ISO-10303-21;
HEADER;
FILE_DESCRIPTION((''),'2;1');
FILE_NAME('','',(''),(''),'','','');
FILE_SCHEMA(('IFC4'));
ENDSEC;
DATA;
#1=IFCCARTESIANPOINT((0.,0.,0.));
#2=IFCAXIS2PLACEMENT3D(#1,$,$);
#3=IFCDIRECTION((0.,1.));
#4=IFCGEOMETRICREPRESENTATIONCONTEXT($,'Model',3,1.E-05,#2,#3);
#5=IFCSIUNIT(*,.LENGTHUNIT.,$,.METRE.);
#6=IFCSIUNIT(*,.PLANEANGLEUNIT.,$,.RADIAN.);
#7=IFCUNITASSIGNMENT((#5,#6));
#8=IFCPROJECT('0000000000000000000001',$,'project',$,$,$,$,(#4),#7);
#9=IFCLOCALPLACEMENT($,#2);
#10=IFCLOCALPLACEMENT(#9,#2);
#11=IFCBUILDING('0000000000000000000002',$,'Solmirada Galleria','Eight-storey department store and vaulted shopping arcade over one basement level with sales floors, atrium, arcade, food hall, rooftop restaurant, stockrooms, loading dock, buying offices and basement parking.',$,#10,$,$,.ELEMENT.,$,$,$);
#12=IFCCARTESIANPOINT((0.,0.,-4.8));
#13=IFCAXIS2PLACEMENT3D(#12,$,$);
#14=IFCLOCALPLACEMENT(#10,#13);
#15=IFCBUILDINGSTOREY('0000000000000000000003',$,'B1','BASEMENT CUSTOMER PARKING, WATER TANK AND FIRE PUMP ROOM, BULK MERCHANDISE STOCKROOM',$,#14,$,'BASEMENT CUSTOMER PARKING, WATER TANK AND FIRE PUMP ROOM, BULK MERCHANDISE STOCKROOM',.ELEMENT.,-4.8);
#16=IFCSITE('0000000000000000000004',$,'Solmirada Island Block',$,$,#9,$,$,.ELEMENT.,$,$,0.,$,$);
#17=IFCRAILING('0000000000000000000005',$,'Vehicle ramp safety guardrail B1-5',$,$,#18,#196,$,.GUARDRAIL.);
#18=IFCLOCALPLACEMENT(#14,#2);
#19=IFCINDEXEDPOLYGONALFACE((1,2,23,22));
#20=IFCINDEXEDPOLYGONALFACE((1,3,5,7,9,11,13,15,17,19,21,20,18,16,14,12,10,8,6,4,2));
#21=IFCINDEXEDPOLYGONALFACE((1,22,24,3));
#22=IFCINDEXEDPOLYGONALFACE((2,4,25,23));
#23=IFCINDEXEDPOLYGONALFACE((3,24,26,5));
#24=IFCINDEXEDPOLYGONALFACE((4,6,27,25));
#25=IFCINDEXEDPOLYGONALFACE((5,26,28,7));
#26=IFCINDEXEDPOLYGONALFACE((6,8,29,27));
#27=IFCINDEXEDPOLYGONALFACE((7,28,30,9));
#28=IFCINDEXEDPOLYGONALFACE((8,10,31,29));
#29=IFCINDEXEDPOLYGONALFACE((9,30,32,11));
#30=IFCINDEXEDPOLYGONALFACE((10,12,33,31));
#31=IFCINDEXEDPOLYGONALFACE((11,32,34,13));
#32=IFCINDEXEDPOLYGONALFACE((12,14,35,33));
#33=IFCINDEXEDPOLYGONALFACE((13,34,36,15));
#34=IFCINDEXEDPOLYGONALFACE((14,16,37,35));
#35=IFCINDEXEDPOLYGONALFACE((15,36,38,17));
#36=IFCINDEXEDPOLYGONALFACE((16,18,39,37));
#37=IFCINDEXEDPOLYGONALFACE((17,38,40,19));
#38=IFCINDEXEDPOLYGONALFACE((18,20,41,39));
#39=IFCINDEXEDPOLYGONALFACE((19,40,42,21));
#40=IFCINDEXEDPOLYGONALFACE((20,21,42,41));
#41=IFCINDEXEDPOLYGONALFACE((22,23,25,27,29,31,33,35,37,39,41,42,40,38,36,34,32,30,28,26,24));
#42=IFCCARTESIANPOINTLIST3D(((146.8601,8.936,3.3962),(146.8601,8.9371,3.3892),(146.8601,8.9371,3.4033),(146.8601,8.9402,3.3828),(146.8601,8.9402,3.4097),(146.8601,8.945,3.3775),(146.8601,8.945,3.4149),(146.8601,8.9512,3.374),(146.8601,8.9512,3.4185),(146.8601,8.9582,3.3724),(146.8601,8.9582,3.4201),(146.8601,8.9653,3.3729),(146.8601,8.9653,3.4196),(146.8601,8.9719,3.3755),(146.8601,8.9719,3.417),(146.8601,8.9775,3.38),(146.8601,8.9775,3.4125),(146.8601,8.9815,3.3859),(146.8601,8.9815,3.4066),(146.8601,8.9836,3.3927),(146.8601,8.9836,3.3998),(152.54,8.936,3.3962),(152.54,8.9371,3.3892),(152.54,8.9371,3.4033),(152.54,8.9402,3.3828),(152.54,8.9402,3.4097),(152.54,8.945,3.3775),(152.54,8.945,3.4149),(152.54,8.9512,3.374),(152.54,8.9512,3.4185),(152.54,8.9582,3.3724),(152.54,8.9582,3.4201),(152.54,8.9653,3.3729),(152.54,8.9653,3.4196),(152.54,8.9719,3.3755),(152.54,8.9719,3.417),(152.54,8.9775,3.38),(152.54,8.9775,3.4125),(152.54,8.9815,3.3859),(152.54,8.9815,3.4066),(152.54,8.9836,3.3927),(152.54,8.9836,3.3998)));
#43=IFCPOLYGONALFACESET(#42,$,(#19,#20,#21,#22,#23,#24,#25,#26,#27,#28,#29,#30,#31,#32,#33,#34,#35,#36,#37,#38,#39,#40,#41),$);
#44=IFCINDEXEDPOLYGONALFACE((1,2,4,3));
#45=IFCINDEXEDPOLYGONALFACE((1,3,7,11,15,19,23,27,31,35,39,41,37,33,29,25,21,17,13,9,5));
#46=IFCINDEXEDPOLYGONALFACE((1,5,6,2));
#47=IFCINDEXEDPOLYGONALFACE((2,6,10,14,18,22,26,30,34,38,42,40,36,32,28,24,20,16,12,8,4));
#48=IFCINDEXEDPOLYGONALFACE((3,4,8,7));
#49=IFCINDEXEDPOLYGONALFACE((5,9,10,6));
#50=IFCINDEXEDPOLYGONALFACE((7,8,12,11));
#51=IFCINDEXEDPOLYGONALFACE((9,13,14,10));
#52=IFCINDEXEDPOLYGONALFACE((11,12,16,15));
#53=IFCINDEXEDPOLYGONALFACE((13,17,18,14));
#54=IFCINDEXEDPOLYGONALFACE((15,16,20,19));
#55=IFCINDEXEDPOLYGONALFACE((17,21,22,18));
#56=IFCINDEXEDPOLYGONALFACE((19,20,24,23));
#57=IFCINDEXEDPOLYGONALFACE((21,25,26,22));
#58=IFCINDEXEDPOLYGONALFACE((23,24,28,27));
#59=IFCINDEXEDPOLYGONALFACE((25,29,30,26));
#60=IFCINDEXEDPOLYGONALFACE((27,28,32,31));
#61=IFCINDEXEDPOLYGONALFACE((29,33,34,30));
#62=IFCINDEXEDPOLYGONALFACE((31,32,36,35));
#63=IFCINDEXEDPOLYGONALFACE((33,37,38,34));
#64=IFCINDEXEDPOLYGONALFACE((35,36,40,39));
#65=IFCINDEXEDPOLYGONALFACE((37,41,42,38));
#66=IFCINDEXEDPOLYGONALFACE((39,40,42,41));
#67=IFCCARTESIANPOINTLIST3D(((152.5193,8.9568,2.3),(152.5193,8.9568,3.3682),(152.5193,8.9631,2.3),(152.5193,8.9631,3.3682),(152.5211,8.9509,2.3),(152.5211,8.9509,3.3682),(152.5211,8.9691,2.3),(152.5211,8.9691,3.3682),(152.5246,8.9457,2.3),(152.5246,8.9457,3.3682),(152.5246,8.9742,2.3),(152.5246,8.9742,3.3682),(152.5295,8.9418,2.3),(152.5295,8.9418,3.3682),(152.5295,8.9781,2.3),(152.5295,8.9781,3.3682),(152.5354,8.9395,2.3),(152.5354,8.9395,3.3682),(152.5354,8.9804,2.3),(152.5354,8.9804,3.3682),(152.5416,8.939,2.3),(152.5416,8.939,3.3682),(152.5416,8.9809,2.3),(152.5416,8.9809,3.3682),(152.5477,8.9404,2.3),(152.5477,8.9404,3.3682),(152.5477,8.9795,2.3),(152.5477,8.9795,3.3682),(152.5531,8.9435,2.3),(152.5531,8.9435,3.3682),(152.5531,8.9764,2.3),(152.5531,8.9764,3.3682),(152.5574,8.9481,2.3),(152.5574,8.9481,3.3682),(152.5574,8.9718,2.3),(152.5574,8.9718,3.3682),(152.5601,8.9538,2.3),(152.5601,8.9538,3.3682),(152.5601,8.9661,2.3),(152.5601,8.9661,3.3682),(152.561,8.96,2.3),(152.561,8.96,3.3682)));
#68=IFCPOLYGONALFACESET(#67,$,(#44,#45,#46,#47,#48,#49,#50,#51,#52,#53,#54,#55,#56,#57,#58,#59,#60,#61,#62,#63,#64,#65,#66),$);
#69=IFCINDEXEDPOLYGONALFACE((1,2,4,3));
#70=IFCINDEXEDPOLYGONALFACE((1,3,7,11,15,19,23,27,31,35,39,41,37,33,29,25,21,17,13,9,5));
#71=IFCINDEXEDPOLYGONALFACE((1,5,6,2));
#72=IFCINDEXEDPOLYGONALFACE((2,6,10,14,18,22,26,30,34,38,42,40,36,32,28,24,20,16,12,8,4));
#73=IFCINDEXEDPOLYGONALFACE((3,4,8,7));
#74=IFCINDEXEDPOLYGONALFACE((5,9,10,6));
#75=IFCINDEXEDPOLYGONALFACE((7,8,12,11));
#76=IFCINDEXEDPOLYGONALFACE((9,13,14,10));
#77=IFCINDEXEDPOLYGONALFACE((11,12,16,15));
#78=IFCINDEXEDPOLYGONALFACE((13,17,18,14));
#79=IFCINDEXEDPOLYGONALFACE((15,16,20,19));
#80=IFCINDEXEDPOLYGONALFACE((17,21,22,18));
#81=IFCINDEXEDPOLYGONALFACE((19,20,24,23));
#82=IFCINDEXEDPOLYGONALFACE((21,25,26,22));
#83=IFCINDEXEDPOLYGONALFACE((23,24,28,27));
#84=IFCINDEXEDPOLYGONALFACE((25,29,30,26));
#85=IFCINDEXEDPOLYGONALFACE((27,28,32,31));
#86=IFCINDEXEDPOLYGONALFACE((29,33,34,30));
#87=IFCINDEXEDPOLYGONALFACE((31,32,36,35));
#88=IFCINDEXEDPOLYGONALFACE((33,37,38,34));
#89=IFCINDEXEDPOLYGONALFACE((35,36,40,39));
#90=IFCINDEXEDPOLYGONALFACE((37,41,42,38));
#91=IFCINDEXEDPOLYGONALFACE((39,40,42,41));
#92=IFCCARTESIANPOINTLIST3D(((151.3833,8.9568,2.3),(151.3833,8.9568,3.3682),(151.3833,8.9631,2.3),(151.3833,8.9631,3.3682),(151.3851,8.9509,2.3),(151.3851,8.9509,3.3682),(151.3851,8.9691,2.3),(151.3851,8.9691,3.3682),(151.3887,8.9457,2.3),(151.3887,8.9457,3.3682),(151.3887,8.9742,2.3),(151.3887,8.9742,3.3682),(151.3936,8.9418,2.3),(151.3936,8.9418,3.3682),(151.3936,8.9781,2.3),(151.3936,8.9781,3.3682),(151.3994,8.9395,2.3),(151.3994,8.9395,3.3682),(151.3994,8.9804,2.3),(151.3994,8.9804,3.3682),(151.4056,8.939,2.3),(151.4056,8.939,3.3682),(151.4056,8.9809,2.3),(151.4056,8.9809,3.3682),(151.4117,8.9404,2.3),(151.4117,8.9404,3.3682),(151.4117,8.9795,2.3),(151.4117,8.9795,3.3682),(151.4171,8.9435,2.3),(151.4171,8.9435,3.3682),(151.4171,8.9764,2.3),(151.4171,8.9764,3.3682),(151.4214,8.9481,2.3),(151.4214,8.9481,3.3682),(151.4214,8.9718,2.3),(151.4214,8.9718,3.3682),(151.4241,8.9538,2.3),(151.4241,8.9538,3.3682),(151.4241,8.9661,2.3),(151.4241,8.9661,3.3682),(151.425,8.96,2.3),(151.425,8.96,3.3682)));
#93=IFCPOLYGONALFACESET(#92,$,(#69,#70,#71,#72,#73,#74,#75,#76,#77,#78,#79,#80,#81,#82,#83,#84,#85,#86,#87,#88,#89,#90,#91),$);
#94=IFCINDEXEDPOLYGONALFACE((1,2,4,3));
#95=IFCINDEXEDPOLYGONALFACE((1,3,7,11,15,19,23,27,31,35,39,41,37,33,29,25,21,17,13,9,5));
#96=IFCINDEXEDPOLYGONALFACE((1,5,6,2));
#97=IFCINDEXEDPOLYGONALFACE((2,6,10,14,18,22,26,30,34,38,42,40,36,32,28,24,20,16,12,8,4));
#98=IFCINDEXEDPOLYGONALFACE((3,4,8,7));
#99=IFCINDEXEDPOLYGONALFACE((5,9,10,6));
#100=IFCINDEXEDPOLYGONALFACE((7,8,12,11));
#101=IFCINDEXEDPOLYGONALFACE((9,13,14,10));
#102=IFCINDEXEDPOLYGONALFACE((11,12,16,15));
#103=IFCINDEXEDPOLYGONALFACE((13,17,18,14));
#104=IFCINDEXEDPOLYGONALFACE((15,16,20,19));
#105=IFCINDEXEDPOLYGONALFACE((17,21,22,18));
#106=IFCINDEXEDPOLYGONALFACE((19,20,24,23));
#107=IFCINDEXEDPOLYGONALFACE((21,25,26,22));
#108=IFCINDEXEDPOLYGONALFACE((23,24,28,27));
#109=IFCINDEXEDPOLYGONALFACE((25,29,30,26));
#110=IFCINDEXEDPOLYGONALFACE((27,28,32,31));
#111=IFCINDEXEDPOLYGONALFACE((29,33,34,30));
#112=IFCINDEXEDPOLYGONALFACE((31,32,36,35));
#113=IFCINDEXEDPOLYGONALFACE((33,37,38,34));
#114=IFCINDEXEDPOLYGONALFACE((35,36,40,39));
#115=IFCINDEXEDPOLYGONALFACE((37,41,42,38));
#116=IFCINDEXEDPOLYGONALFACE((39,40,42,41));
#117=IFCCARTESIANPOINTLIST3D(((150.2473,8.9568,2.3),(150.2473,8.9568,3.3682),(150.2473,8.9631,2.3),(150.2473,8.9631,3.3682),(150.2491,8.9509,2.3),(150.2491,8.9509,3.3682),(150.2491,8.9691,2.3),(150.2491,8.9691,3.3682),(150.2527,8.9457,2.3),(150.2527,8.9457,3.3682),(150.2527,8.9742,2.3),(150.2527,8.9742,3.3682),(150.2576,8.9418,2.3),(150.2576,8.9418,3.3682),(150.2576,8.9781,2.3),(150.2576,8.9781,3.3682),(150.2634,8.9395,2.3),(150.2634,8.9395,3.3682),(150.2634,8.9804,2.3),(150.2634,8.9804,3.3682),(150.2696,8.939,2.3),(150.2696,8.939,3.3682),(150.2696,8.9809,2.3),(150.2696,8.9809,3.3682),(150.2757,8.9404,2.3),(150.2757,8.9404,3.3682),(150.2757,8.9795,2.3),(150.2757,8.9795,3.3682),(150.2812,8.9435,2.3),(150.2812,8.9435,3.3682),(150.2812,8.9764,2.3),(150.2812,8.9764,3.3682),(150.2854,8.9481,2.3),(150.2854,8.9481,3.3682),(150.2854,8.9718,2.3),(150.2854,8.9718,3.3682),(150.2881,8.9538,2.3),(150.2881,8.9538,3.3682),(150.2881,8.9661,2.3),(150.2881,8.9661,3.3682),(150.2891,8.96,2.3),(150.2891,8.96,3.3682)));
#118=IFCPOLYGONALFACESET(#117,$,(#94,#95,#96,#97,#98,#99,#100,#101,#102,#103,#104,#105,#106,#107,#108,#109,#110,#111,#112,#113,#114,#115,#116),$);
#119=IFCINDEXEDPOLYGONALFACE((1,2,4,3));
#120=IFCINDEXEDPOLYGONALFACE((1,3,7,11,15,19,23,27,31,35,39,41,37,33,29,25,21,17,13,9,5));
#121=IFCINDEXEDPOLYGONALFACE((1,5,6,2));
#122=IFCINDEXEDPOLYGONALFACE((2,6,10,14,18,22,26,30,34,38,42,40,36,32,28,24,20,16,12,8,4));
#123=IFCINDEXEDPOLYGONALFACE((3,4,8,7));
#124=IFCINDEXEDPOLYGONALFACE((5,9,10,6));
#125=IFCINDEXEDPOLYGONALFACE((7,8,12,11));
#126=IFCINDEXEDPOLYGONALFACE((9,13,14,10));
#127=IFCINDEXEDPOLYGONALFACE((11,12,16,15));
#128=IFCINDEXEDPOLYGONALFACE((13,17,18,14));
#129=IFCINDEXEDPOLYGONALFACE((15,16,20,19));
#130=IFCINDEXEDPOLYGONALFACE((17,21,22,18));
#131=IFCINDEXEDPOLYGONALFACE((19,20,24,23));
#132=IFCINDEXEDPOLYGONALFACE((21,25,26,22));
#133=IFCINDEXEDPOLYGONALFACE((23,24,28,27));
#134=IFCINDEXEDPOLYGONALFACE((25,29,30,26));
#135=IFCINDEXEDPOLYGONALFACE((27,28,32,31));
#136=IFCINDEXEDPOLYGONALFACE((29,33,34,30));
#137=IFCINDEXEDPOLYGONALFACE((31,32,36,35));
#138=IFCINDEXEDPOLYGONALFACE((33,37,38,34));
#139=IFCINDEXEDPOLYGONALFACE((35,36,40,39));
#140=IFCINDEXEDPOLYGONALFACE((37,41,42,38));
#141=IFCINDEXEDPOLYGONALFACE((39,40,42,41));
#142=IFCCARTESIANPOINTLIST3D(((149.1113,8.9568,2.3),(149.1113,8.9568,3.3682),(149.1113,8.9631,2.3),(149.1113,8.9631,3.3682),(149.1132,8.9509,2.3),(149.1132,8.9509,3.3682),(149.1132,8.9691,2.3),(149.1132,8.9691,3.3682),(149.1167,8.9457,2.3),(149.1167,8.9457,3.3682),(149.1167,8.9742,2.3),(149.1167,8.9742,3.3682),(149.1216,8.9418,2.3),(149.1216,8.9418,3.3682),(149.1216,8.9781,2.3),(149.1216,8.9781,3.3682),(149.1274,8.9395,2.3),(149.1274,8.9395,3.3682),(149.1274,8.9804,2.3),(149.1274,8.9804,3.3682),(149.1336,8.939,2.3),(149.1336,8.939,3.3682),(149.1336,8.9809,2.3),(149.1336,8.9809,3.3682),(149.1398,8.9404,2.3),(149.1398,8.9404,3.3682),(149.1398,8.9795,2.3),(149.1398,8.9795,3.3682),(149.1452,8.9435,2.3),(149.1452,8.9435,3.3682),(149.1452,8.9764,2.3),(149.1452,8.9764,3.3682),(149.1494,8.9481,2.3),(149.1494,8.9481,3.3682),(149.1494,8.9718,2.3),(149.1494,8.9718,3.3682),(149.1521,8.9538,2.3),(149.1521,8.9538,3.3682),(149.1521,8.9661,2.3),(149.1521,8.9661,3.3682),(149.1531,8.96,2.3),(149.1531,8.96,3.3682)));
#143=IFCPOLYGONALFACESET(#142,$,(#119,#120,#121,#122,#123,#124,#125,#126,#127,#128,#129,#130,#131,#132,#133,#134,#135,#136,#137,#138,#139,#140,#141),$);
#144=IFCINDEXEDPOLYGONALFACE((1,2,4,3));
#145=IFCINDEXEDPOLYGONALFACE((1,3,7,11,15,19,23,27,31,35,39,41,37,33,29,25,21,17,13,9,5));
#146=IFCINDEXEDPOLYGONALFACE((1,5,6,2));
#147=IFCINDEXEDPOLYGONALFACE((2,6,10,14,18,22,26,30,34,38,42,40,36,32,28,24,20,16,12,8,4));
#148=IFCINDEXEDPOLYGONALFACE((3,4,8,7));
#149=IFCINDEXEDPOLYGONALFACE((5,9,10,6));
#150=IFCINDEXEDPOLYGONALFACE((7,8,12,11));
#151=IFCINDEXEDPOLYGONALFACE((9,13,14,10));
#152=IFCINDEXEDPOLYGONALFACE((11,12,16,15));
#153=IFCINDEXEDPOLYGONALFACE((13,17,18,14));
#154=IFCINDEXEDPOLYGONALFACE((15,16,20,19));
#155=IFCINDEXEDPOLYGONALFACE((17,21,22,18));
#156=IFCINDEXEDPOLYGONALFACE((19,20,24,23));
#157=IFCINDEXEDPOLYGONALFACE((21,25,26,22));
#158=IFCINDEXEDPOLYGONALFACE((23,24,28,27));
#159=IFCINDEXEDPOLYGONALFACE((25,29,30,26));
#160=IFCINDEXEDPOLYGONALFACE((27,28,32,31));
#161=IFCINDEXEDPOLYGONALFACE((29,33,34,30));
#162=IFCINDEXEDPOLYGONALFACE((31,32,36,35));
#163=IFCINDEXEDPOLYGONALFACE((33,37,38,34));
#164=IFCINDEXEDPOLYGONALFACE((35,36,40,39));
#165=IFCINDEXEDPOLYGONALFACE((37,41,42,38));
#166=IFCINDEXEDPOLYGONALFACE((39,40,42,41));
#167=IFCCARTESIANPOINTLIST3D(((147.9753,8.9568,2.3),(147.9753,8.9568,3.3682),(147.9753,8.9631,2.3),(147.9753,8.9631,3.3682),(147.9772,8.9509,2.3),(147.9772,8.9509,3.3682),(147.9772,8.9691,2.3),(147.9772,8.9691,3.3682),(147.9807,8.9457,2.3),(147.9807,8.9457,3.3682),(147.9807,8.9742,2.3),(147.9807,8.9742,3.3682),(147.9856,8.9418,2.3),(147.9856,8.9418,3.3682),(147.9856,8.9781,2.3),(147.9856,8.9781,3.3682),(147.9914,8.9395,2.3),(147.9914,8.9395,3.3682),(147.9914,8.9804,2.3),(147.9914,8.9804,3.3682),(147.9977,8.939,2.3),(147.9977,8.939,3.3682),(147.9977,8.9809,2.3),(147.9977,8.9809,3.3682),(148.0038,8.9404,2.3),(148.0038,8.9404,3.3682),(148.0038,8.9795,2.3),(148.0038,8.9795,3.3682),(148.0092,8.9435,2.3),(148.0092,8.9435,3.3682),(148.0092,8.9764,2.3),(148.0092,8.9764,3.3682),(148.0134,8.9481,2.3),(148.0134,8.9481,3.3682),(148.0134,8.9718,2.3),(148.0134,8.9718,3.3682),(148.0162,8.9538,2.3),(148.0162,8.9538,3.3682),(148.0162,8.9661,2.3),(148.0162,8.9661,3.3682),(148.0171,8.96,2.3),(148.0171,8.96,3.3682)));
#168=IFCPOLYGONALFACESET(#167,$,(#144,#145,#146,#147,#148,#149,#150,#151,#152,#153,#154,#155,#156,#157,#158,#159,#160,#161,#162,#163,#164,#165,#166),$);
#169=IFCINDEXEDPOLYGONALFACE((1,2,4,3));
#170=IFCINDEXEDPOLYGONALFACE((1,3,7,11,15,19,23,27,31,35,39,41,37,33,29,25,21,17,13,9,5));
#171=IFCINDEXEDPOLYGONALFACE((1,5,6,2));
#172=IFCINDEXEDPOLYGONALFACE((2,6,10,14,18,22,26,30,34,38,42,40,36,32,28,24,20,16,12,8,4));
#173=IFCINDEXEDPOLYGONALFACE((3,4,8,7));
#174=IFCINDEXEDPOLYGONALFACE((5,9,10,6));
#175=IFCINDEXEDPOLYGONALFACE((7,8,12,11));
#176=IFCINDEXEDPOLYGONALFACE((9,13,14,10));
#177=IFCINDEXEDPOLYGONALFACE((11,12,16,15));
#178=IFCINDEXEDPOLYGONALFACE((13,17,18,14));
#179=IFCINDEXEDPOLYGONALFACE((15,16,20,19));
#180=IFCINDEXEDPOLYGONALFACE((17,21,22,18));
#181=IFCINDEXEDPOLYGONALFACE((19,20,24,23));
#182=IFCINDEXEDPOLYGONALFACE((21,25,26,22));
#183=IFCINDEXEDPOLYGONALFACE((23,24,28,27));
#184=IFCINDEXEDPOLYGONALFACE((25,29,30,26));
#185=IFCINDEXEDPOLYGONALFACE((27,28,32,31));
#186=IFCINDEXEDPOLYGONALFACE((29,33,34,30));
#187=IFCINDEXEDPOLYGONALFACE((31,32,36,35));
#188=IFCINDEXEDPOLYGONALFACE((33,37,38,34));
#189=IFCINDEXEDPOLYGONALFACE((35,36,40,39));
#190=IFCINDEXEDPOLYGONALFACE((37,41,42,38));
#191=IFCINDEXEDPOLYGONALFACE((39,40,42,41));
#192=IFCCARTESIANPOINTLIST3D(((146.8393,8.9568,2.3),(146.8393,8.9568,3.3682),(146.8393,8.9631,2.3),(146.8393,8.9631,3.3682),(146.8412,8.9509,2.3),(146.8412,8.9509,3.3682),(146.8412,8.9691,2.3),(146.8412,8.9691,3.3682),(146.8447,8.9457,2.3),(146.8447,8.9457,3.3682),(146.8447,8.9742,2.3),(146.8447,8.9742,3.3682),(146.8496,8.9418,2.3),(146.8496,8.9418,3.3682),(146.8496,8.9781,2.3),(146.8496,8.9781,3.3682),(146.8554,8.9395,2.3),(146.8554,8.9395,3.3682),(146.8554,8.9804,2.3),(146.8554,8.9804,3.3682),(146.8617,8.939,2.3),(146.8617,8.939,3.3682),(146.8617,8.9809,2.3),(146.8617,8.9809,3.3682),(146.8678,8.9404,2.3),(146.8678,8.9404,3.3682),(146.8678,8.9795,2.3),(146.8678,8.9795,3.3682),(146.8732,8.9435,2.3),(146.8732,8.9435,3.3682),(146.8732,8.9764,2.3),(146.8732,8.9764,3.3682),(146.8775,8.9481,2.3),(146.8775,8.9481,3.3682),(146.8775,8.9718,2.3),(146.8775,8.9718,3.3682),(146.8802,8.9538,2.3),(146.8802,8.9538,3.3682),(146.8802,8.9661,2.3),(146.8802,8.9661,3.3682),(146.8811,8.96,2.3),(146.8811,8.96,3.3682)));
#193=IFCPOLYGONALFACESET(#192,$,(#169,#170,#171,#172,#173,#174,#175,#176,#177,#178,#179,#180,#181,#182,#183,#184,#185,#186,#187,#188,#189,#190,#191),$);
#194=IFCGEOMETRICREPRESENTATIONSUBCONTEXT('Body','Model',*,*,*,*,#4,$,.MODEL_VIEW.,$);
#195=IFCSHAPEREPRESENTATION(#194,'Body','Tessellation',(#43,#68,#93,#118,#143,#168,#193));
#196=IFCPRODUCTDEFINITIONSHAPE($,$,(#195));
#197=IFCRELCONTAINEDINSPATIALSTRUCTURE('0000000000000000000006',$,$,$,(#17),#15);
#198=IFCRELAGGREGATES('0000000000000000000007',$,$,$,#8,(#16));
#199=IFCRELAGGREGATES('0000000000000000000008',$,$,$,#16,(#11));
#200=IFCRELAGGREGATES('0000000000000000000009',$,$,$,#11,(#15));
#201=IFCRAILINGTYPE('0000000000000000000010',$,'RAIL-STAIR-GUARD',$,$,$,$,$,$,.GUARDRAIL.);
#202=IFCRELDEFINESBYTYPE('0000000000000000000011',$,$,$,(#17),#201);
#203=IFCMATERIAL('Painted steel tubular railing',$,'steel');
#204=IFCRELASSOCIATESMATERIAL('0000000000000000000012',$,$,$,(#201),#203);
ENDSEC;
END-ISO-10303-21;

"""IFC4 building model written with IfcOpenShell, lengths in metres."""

from ifc_helpers import new_model, si_unit, direction, frame, origin, origin_2d, place, context, subcontext, project, spatial, circle, extrude, material, type_object, element, save


model = new_model("IFC4")

# Units and contexts
model_context = context("Model", 3, precision=1e-05, world=origin(), true_north=direction((0.0, 1.0)))
body_context = subcontext(model_context, "Body", "Model", "MODEL_VIEW")
ifc_project = project(units=[si_unit("LENGTHUNIT", "METRE"), si_unit("PLANEANGLEUNIT", "RADIAN")], contexts=[model_context])

# Site, building, storey
site_placement = place(None, origin())
site = spatial("IfcSite", under=ifc_project, at=site_placement, Name="Solmirada Island Block", CompositionType="ELEMENT", RefElevation=0.0)
building_placement = place(site_placement, origin())
building = spatial("IfcBuilding", under=site, at=building_placement, Name="Solmirada Galleria", Description="Eight-storey department store and vaulted shopping arcade over one basement level with sales floors, atrium, arcade, food hall, rooftop restaurant, stockrooms, loading dock, buying offices and basement parking.", CompositionType="ELEMENT")
storey_placement = place(building_placement, frame((0.0, 0.0, -4.8)))
storey = spatial("IfcBuildingStorey", under=building, at=storey_placement, Name="B1", Description="BASEMENT CUSTOMER PARKING, WATER TANK AND FIRE PUMP ROOM, BULK MERCHANDISE STOCKROOM", LongName="BASEMENT CUSTOMER PARKING, WATER TANK AND FIRE PUMP ROOM, BULK MERCHANDISE STOCKROOM", CompositionType="ELEMENT", Elevation=-4.8)

# Railing
ifc_material_1 = material(Name="Painted steel tubular railing", Category="steel")
railing_type = type_object("IfcRailingType", Name="RAIL-STAIR-GUARD", PredefinedType="GUARDRAIL", material=ifc_material_1)
railing_1_placement = place(storey_placement, frame((152.54, 8.96, 2.3)))
element("IfcRailing", 1, at=railing_1_placement, inside=storey, type_object=railing_type, Name="Vehicle ramp safety guardrail B1-5", PredefinedType="GUARDRAIL", context=body_context, shape_type="SweptSolid", body=[
    extrude(circle(Radius=0.0239, at=origin_2d()), frame((0.0, 0.0, 1.0962), z_axis=(-1.0, 0.0, 0.0), x_axis=(0.0, -1.0, 0.0)), (0.0, 0.0, 1.0), 5.6799),
    extrude(circle(Radius=0.021, at=origin_2d()), origin(), (0.0, 0.0, 1.0), 1.0681),
    extrude(circle(Radius=0.021, at=origin_2d()), frame((-1.136, 0.0, 0.0)), (0.0, 0.0, 1.0), 1.0681),
    extrude(circle(Radius=0.021, at=origin_2d()), frame((-2.272, 0.0, 0.0)), (0.0, 0.0, 1.0), 1.0681),
    extrude(circle(Radius=0.021, at=origin_2d()), frame((-3.408, 0.0, 0.0)), (0.0, 0.0, 1.0), 1.0681),
    extrude(circle(Radius=0.021, at=origin_2d()), frame((-4.5439, 0.0, 0.0)), (0.0, 0.0, 1.0), 1.0681),
    extrude(circle(Radius=0.021, at=origin_2d()), frame((-5.6799, 0.0, 0.0)), (0.0, 0.0, 1.0), 1.0681),
])

save(model, "model.ifc")
